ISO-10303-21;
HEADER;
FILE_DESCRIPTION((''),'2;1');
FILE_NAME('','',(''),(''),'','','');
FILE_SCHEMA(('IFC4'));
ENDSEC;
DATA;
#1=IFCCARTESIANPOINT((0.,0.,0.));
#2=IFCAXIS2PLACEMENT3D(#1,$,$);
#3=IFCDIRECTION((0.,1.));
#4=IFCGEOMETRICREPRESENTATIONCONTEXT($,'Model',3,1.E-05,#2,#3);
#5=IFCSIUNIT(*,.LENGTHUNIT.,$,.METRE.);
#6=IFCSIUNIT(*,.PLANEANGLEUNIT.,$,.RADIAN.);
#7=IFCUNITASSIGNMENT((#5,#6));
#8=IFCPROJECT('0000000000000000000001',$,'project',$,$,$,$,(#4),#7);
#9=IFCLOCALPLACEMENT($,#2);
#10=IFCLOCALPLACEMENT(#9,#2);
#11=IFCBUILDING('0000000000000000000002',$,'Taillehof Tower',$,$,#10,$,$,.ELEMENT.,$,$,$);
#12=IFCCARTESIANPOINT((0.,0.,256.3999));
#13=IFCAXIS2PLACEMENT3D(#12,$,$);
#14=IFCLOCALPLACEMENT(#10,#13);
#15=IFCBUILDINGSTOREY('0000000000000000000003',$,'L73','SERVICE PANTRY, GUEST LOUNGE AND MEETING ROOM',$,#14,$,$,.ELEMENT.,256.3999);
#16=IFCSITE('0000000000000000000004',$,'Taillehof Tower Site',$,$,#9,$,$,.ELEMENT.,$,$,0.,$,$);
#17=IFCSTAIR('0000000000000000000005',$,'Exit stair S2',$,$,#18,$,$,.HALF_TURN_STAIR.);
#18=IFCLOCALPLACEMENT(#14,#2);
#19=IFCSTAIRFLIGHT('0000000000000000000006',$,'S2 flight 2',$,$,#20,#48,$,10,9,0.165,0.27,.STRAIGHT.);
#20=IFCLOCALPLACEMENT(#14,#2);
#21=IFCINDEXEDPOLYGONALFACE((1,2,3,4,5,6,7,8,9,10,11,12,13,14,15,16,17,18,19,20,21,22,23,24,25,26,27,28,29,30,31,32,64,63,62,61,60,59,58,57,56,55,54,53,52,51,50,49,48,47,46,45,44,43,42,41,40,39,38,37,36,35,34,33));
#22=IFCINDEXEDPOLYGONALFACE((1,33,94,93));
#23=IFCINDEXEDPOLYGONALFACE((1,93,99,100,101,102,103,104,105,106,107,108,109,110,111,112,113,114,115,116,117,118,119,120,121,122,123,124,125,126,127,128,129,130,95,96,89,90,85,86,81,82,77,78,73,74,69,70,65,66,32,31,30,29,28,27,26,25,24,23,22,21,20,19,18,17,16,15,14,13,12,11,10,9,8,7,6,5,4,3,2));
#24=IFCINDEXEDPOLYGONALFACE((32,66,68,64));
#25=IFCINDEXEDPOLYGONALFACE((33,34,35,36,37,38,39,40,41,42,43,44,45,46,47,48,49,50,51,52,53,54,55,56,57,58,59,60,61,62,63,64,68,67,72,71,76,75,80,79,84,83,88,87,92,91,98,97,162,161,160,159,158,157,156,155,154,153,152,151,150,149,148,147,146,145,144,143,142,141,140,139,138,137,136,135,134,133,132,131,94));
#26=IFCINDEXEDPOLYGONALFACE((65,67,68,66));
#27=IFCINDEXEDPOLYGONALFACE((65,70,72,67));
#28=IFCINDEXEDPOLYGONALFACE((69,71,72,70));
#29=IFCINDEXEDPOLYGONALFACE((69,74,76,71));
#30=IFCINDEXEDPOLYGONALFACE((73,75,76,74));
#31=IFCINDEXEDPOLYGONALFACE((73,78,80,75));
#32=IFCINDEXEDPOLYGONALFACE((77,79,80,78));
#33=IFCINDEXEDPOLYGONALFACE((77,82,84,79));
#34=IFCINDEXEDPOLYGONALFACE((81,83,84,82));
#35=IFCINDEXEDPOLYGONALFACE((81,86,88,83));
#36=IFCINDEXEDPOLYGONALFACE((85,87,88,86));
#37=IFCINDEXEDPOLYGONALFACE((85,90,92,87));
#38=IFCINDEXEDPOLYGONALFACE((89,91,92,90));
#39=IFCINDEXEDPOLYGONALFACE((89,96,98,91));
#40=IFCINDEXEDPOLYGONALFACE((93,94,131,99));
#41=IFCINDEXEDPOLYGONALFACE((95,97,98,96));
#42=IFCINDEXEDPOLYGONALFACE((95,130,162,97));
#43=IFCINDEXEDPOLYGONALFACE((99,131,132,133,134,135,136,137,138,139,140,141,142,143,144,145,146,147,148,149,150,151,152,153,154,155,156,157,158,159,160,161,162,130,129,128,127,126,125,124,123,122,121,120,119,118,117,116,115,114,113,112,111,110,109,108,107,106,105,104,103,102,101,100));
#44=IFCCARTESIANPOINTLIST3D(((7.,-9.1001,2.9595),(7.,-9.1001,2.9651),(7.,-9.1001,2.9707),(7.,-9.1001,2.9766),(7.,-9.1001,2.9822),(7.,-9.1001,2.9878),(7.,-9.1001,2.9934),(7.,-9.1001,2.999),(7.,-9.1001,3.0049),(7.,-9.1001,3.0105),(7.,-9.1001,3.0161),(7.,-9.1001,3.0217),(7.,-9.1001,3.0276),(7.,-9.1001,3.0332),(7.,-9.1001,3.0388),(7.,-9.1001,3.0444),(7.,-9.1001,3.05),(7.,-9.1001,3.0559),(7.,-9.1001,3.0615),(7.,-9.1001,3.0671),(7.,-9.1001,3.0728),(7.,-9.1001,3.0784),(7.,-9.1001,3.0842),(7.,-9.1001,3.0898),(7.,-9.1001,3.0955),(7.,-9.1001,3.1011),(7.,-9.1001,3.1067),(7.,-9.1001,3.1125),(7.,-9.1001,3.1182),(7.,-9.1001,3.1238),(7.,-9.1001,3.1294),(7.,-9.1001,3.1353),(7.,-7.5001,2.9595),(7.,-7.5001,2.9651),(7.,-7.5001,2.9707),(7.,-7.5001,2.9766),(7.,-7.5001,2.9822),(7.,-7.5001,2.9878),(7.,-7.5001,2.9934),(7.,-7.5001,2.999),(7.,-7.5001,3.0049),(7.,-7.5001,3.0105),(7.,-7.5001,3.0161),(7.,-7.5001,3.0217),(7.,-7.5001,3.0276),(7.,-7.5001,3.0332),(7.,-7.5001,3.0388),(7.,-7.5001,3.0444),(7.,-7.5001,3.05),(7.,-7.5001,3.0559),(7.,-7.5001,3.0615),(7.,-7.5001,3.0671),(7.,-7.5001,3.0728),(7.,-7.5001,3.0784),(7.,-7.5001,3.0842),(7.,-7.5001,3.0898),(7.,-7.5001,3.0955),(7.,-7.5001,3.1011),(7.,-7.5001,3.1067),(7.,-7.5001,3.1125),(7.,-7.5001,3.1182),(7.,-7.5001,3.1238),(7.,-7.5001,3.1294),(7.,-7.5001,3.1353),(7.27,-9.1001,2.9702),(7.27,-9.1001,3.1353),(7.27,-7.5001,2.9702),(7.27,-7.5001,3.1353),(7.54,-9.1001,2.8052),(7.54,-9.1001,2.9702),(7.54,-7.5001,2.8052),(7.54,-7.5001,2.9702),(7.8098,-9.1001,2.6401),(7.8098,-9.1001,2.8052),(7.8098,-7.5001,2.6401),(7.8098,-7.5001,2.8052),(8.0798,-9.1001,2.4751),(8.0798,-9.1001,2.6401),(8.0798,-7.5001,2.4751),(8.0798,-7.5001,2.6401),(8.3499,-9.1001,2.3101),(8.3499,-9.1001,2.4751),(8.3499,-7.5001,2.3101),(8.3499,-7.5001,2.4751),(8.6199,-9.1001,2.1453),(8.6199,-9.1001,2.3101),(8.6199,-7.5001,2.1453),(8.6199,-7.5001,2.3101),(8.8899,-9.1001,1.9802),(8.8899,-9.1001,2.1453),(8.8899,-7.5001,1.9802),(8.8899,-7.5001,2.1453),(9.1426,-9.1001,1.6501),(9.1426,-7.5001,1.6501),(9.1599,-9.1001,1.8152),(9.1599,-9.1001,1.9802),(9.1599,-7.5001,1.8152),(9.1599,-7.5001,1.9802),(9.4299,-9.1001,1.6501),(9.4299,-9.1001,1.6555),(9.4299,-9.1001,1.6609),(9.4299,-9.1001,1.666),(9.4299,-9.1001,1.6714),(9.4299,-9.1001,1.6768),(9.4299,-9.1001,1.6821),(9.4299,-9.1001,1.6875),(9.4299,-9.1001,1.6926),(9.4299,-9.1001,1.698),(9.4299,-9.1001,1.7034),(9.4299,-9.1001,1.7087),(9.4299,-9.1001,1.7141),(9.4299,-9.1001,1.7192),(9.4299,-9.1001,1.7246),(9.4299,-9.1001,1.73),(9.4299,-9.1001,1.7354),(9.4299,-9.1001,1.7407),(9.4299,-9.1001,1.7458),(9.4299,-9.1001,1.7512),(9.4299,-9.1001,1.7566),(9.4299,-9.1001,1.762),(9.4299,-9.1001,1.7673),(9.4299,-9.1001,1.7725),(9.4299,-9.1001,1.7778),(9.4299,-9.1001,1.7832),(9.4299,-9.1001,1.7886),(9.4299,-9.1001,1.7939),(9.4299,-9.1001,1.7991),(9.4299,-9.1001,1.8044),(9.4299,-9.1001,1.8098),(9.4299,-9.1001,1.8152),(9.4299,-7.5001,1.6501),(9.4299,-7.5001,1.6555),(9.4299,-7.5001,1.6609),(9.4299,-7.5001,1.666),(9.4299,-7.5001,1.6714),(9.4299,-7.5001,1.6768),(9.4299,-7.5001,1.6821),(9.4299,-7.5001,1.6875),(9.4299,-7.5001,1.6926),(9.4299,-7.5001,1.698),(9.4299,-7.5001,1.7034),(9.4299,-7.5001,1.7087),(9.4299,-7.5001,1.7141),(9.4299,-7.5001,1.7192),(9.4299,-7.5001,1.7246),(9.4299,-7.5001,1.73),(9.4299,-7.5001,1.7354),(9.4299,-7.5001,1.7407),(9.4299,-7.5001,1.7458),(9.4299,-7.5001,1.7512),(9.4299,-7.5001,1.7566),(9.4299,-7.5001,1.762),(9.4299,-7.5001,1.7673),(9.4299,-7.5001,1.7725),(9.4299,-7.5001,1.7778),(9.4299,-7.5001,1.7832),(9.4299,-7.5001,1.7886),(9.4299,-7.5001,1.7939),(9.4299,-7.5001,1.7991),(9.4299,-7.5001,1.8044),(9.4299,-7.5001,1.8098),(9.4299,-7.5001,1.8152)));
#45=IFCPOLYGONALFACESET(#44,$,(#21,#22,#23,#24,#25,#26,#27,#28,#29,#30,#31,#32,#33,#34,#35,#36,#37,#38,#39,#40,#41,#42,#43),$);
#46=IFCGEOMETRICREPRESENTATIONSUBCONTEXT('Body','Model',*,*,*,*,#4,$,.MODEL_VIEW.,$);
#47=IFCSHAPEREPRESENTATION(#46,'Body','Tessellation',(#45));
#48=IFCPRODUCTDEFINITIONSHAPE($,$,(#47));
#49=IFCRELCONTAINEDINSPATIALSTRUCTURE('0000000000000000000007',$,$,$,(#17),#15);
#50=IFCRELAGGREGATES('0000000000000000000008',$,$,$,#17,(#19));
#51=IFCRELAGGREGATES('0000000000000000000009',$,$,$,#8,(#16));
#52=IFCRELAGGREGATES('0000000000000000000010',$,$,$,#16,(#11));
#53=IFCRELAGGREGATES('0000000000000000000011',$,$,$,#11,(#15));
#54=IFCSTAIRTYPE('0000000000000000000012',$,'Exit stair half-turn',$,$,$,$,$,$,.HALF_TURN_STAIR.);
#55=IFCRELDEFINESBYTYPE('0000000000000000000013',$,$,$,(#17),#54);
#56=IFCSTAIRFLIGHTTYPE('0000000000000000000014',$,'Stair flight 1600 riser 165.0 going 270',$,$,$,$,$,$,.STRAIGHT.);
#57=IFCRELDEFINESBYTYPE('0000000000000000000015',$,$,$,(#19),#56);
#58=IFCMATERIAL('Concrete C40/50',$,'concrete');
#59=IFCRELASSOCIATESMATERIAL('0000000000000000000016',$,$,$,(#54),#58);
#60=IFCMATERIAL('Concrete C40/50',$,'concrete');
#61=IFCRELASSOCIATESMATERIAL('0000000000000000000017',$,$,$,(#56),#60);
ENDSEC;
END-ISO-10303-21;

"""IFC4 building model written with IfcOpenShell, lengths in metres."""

from ifc_helpers import new_model, si_unit, direction, frame, origin, place, context, subcontext, project, spatial, polyline, outline, extrude, material, type_object, element, aggregate, save


model = new_model("IFC4")

# Units and contexts
model_context = context("Model", 3, precision=1e-05, world=origin(), true_north=direction((0.0, 1.0)))
body_context = subcontext(model_context, "Body", "Model", "MODEL_VIEW")
ifc_project = project(units=[si_unit("LENGTHUNIT", "METRE"), si_unit("PLANEANGLEUNIT", "RADIAN")], contexts=[model_context])

# Site, building, storey
site_placement = place(None, origin())
site = spatial("IfcSite", under=ifc_project, at=site_placement, Name="Taillehof Tower Site", CompositionType="ELEMENT", RefElevation=0.0)
building_placement = place(site_placement, origin())
building = spatial("IfcBuilding", under=site, at=building_placement, Name="Taillehof Tower", CompositionType="ELEMENT")
storey_placement = place(building_placement, frame((0.0, 0.0, 256.3999)))
storey = spatial("IfcBuildingStorey", under=building, at=storey_placement, Name="L73", Description="SERVICE PANTRY, GUEST LOUNGE AND MEETING ROOM", CompositionType="ELEMENT", Elevation=256.3999)

# Stair, stair flight
ifc_material_1 = material(Name="Concrete C40/50", Category="concrete")
stair_type = type_object("IfcStairType", Name="Exit stair half-turn", PredefinedType="HALF_TURN_STAIR", material=ifc_material_1)
stair_placement = place(storey_placement, origin())
stair = element("IfcStair", 1, at=stair_placement, inside=storey, type_object=stair_type, Name="Exit stair S2", PredefinedType="HALF_TURN_STAIR")
ifc_material_2 = material(Name="Concrete C40/50", Category="concrete")
stair_flight_type = type_object("IfcStairFlightType", Name="Stair flight 1600 riser 165.0 going 270", PredefinedType="STRAIGHT", material=ifc_material_2)
stair_flight_placement = place(storey_placement, frame((9.4299, -8.3, 1.6501), z_axis=(0.0, 0.0, 1.0), x_axis=(-1.0, 0.0, 0.0)))
stair_flight = element("IfcStairFlight", 2, at=stair_flight_placement, type_object=stair_flight_type, Name="S2 flight 2", NumberOfRisers=10, NumberOfTreads=9, PredefinedType="STRAIGHT", RiserHeight=0.165, TreadLength=0.27, context=body_context, shape_type="SweptSolid", body=[
    extrude(outline(polyline([(0.0, 0.0), (0.0, 0.0054), (0.0, 0.0107), (0.0, 0.0159), (0.0, 0.0212), (0.0, 0.0266), (0.0, 0.032), (0.0, 0.0374), (0.0, 0.0425), (0.0, 0.0479), (0.0, 0.0532), (0.0, 0.0586), (0.0, 0.064), (0.0, 0.0691), (0.0, 0.0745), (0.0, 0.0798), (0.0, 0.0852), (0.0, 0.0906), (0.0, 0.0957), (0.0, 0.1011), (0.0, 0.1064), (0.0, 0.1118), (0.0, 0.1172), (0.0, 0.1223), (0.0, 0.1277), (0.0, 0.1331), (0.0, 0.1384), (0.0, 0.1438), (0.0, 0.1489), (0.0, 0.1543), (0.0, 0.1597), (0.0, 0.165), (0.27, 0.165), (0.27, 0.3301), (0.54, 0.3301), (0.54, 0.4951), (0.8101, 0.4951), (0.8101, 0.6599), (1.0801, 0.6599), (1.0801, 0.825), (1.3501, 0.825), (1.3501, 0.99), (1.6201, 0.99), (1.6201, 1.155), (1.8899, 1.155), (1.8899, 1.3201), (2.1599, 1.3201), (2.1599, 1.4851), (2.4299, 1.4851), (2.4299, 1.4792), (2.4299, 1.4736), (2.4299, 1.468), (2.4299, 1.4624), (2.4299, 1.4565), (2.4299, 1.4509), (2.4299, 1.4453), (2.4299, 1.4397), (2.4299, 1.4341), (2.4299, 1.4282), (2.4299, 1.4226), (2.4299, 1.417), (2.4299, 1.4114), (2.4299, 1.4058), (2.4299, 1.3999), (2.4299, 1.3943), (2.4299, 1.3887), (2.4299, 1.3831), (2.4299, 1.3774), (2.4299, 1.3716), (2.4299, 1.366), (2.4299, 1.3604), (2.4299, 1.3547), (2.4299, 1.3489), (2.4299, 1.3433), (2.4299, 1.3376), (2.4299, 1.332), (2.4299, 1.3264), (2.4299, 1.3206), (2.4299, 1.3149), (2.4299, 1.3093), (0.2874, 0.0), (0.0, 0.0)])), frame((0.0, 0.8, 0.0), z_axis=(0.0, -1.0, 0.0), x_axis=(1.0, 0.0, 0.0)), (0.0, 0.0, 1.0), 1.6),
])
aggregate(stair, [stair_flight])

save(model, "model.ifc")
